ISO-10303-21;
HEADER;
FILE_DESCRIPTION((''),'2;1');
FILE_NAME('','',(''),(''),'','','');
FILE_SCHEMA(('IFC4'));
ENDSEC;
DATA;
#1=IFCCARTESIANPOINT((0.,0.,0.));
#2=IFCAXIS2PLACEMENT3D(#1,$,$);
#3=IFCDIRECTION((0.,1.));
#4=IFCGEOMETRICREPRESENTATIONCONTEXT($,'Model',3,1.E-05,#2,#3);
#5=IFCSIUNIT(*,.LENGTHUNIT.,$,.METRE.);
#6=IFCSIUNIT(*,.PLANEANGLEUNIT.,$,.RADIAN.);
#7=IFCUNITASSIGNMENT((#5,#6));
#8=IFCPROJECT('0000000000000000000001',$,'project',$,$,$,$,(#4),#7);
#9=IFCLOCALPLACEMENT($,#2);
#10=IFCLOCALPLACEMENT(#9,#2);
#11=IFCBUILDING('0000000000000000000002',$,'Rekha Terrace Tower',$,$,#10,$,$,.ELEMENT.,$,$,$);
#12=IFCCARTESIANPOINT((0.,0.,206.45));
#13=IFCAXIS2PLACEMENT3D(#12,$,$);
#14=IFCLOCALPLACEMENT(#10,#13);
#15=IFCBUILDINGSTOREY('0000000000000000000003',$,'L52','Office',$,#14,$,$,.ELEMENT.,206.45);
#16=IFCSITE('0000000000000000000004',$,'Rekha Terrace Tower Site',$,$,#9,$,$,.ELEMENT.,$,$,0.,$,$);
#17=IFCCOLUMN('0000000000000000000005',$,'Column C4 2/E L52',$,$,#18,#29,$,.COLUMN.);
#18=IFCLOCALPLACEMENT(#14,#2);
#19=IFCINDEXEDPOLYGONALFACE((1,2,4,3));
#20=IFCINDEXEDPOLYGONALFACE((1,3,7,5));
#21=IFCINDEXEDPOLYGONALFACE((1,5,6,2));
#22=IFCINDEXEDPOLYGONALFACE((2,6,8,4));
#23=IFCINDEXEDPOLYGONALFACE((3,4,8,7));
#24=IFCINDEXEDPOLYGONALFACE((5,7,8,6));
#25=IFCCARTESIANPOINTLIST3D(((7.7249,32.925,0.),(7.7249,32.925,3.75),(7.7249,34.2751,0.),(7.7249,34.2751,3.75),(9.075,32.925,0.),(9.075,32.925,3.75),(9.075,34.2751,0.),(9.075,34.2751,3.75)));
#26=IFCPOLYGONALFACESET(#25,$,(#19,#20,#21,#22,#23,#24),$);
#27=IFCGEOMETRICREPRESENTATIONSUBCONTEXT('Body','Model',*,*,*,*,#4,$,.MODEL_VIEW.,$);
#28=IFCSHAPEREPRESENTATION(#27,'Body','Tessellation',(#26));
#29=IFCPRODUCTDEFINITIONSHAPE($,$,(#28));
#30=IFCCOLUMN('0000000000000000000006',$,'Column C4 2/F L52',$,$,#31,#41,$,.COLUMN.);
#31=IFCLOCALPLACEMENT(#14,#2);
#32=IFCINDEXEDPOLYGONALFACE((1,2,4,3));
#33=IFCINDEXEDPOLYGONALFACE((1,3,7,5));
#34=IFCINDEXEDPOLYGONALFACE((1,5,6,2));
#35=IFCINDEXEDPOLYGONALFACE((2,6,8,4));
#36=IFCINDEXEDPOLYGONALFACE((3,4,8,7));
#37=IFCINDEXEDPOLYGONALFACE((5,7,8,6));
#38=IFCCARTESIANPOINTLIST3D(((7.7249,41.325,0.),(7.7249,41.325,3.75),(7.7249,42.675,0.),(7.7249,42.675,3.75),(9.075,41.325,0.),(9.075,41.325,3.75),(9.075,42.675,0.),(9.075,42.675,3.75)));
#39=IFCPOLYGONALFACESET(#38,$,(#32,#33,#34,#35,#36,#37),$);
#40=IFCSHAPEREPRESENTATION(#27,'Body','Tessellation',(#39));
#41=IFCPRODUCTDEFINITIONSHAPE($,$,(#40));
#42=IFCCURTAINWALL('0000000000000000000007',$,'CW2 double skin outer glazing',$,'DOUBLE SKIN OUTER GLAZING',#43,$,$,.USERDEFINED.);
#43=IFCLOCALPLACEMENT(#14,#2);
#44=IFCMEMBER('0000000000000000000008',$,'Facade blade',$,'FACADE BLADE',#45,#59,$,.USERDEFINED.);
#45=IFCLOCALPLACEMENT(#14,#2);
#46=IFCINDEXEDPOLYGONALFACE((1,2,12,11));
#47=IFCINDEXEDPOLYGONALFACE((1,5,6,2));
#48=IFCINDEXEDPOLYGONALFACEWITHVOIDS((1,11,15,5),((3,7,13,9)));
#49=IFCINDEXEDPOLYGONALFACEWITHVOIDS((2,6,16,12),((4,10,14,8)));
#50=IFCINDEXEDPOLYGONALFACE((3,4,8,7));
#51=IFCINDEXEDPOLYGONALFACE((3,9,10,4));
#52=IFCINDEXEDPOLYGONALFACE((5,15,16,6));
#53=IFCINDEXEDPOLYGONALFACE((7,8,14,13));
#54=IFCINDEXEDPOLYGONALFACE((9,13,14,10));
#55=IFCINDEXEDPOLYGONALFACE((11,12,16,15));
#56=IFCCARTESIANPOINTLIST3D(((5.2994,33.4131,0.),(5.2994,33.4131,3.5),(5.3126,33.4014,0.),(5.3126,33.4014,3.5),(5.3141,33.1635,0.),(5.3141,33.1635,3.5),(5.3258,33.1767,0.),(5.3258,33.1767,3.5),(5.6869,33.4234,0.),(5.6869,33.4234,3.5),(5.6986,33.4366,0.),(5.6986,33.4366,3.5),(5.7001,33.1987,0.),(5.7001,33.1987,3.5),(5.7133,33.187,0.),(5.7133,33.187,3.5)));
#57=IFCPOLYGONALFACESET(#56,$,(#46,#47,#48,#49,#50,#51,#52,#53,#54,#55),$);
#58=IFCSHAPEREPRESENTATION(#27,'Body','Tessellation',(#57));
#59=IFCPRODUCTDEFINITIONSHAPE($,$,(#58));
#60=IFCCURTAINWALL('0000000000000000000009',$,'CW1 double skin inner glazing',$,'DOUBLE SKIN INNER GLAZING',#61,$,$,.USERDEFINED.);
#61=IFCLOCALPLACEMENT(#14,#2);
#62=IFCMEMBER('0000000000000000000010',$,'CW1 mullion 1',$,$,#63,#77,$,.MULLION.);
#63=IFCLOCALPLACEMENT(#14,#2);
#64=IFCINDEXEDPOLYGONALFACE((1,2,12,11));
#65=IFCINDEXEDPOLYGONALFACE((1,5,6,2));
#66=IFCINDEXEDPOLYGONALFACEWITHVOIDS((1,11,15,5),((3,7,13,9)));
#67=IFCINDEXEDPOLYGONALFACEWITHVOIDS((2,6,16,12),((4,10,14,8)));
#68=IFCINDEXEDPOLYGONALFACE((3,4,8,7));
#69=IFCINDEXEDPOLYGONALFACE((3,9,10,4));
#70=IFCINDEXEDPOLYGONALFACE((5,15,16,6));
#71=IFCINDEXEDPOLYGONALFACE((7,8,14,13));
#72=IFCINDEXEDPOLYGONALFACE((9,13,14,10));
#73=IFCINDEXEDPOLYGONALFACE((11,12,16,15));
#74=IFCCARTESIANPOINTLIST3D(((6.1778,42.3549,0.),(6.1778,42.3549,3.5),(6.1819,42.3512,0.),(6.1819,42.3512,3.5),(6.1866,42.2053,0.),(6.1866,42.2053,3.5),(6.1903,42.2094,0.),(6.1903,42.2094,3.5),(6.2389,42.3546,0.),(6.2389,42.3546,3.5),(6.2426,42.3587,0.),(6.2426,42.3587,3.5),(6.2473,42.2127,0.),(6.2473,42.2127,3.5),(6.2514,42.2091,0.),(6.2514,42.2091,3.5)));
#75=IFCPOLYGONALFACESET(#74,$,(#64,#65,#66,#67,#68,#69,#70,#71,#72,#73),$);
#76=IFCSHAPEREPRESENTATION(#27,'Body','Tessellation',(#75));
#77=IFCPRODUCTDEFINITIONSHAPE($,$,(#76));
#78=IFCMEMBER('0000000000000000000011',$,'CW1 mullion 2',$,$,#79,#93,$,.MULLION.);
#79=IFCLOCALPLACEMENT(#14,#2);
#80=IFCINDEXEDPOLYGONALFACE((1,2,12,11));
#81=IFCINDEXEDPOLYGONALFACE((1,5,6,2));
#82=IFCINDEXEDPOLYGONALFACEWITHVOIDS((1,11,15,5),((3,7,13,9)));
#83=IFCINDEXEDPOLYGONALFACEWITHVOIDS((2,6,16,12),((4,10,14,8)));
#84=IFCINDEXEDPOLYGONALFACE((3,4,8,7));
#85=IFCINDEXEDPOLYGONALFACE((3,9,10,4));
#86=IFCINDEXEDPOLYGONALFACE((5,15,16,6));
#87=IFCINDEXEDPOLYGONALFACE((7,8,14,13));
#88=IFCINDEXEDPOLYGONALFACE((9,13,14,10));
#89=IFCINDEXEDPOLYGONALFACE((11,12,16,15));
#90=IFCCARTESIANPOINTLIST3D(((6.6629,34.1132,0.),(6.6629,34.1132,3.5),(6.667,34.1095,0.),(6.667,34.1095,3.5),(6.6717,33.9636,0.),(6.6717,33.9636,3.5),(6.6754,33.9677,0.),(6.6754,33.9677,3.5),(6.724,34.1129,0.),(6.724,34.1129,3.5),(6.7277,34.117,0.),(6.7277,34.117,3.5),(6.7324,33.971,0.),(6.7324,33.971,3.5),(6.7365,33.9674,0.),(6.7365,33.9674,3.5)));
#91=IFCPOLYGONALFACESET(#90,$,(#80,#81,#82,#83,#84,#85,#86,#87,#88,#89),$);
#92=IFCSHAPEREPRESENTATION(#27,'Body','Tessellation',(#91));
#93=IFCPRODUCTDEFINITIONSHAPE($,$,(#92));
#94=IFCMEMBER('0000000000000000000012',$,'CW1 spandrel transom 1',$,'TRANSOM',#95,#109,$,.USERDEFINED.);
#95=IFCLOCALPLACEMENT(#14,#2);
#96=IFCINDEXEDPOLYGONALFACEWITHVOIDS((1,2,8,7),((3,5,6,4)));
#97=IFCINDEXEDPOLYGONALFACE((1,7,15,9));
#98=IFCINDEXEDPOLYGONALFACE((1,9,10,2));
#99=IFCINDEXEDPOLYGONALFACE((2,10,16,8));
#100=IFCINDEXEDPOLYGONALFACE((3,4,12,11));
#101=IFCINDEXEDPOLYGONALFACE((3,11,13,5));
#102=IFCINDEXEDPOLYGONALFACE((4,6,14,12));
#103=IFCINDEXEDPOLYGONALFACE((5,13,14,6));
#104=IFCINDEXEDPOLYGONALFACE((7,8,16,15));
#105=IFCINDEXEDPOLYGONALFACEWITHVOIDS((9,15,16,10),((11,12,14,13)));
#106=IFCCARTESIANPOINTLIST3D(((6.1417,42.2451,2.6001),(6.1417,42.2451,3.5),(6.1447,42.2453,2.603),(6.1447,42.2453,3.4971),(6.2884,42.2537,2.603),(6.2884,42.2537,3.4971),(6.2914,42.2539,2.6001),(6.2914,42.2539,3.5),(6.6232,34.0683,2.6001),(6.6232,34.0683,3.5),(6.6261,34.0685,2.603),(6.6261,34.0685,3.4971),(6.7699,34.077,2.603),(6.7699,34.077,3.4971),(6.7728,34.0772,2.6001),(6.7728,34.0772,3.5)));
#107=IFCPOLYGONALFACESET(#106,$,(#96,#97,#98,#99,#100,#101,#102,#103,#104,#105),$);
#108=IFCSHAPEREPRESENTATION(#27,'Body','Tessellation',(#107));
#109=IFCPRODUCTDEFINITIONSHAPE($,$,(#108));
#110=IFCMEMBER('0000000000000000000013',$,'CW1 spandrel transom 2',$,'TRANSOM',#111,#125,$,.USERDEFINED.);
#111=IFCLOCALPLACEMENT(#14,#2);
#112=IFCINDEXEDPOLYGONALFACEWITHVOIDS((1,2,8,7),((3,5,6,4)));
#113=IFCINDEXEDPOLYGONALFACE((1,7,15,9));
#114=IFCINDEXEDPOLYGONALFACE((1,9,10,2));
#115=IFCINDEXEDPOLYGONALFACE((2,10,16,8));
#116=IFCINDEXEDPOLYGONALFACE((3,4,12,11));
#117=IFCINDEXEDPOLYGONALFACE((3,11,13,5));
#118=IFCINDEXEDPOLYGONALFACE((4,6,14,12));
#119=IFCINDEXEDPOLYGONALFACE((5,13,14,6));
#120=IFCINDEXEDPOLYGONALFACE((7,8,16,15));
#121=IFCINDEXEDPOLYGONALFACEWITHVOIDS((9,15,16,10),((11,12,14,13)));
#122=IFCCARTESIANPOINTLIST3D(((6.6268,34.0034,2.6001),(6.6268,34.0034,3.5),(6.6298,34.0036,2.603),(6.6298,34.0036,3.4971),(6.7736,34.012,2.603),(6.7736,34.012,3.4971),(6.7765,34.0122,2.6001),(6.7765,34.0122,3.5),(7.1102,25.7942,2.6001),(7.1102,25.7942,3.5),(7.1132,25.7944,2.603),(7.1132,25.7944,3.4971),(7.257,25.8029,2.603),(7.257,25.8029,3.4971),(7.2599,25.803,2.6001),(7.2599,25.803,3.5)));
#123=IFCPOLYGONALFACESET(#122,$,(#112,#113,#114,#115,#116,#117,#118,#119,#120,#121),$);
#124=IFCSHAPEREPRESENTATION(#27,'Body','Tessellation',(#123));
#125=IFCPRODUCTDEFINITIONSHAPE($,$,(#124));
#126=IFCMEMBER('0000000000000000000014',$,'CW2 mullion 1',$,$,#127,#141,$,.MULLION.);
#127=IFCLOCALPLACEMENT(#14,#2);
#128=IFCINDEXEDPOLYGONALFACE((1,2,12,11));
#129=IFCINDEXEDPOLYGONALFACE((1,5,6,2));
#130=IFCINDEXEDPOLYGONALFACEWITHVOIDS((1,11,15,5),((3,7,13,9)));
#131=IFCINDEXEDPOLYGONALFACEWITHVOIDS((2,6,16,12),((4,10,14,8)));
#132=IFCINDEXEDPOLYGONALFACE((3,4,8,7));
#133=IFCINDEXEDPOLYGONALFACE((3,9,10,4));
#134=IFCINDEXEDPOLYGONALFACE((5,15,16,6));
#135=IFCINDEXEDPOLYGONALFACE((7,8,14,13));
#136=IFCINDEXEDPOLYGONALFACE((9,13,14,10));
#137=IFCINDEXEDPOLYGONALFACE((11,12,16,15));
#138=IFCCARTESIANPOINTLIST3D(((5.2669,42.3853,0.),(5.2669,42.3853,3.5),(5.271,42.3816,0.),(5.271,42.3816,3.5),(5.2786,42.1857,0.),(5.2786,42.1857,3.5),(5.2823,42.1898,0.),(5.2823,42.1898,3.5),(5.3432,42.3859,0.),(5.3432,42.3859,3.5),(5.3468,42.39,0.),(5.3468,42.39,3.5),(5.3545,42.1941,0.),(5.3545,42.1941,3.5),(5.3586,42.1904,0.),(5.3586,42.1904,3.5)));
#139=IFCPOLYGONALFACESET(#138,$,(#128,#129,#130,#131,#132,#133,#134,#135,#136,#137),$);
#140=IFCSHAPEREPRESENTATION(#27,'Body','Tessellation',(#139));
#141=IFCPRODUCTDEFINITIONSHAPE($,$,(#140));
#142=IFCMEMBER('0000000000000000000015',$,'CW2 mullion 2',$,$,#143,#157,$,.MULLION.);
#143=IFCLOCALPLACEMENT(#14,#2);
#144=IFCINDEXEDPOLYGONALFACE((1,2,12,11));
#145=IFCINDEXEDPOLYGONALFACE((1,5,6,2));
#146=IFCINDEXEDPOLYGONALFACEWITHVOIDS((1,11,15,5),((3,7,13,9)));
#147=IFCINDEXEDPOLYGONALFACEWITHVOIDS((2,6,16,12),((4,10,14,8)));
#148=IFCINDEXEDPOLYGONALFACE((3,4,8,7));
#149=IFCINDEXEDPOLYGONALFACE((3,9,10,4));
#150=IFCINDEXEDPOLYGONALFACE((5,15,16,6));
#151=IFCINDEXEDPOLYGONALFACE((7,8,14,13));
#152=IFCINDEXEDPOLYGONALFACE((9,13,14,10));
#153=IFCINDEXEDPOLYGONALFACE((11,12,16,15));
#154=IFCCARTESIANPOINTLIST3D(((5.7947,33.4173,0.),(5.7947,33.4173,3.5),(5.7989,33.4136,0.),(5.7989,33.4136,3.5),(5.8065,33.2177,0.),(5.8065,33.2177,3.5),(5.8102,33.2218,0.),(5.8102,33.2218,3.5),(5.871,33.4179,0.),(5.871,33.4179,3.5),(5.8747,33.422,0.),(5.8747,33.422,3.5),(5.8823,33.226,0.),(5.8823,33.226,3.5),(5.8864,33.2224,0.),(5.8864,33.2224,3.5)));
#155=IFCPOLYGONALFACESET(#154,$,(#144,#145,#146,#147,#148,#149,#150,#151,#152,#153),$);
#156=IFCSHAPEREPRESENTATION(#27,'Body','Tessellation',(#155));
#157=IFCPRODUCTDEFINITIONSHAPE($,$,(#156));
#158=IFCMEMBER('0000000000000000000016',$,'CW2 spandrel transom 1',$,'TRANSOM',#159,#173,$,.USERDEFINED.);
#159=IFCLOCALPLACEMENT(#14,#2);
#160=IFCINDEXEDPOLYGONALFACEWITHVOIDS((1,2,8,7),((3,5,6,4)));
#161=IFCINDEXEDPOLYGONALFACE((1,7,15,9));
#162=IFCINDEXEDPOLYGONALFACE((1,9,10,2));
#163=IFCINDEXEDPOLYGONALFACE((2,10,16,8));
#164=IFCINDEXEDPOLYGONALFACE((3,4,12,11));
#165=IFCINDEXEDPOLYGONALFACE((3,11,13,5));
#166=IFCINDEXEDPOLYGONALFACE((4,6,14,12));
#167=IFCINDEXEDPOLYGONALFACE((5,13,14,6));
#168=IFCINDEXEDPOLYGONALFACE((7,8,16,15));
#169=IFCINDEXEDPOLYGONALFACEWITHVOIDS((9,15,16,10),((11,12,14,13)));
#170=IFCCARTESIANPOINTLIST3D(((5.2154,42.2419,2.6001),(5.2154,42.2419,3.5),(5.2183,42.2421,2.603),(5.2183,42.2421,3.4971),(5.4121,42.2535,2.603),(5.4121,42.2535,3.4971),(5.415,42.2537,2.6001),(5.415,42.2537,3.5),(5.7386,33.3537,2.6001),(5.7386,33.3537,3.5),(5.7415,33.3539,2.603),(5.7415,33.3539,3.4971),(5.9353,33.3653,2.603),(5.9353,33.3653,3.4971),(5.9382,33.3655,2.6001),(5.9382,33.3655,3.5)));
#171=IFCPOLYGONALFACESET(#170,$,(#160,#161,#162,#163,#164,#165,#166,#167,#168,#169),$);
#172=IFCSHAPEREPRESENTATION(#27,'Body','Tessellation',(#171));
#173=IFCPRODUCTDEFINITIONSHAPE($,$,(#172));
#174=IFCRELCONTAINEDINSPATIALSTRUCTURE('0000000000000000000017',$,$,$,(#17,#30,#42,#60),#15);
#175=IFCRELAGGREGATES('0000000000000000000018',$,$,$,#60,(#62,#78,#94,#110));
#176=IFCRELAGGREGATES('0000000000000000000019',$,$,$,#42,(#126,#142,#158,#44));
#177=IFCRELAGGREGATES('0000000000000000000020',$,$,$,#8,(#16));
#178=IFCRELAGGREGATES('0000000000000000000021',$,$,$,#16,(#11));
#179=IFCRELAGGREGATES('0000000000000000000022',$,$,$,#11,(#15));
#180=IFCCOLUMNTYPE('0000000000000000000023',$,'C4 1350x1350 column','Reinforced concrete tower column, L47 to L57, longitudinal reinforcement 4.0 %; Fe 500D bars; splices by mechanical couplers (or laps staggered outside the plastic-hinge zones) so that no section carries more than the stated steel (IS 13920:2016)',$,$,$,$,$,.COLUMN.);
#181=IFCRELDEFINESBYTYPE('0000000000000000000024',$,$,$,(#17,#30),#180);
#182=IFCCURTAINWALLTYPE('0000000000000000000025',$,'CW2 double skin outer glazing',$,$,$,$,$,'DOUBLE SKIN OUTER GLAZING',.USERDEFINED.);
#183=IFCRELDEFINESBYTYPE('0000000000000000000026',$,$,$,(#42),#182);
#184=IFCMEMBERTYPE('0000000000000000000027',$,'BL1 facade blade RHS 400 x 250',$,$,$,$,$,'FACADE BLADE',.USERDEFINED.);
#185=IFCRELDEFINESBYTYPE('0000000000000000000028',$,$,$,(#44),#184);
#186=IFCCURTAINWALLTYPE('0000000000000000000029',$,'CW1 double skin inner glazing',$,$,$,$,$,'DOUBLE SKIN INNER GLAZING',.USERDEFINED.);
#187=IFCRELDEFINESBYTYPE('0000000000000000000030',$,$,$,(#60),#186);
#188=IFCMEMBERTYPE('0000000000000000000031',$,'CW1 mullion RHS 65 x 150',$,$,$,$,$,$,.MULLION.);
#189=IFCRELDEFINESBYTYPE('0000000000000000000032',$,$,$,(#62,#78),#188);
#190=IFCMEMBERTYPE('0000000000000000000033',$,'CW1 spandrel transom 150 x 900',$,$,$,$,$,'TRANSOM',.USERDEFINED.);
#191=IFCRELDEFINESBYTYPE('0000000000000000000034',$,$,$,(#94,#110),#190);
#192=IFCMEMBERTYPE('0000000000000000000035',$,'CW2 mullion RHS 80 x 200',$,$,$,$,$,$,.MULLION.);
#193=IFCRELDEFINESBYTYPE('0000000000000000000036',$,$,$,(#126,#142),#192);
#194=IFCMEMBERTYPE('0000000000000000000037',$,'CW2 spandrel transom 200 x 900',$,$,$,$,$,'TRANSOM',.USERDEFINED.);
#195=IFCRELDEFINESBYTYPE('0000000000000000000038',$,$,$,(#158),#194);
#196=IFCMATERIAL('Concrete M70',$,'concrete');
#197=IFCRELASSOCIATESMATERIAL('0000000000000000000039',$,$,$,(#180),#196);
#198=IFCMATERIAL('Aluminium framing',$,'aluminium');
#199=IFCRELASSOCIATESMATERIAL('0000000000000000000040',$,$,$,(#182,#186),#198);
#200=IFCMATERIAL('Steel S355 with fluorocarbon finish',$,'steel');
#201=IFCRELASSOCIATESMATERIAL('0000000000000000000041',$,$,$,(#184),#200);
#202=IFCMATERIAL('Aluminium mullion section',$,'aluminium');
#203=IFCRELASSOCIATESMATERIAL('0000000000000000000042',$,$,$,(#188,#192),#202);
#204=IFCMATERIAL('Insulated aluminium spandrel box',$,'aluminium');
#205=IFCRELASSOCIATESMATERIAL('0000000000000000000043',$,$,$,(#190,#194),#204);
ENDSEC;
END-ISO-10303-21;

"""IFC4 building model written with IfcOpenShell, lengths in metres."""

from ifc_helpers import new_model, si_unit, direction, frame, origin, origin_2d, place, context, subcontext, project, spatial, rectangle, hollow_rectangle, extrude, material, material_profile, profile_set, type_object, element, aggregate, save


model = new_model("IFC4")

# Units and contexts
model_context = context("Model", 3, precision=1e-05, world=origin(), true_north=direction((0.0, 1.0)))
body_context = subcontext(model_context, "Body", "Model", "MODEL_VIEW")
ifc_project = project(units=[si_unit("LENGTHUNIT", "METRE"), si_unit("PLANEANGLEUNIT", "RADIAN")], contexts=[model_context])

# Site, building, storey
site_placement = place(None, origin())
site = spatial("IfcSite", under=ifc_project, at=site_placement, Name="Rekha Terrace Tower Site", CompositionType="ELEMENT", RefElevation=0.0)
building_placement = place(site_placement, origin())
building = spatial("IfcBuilding", under=site, at=building_placement, Name="Rekha Terrace Tower", CompositionType="ELEMENT")
storey_placement = place(building_placement, frame((0.0, 0.0, 206.45)))
storey = spatial("IfcBuildingStorey", under=building, at=storey_placement, Name="L52", Description="Office", CompositionType="ELEMENT", Elevation=206.45)

# Columns
ifc_material_1 = material(Name="Concrete M70", Category="concrete")
ifc_material_profile_1 = material_profile(ifc_material_1, rectangle(XDim=1.3501, YDim=1.3501, at=origin_2d()), Name="RC 1350x1350")
ifc_profile_set_1 = profile_set([ifc_material_profile_1], Name="Concrete M70")
column_type = type_object("IfcColumnType", Name="C4 1350x1350 column", Description="Reinforced concrete tower column, L47 to L57, longitudinal reinforcement 4.0 %; Fe 500D bars; splices by mechanical couplers (or laps staggered outside the plastic-hinge zones) so that no section carries more than the stated steel (IS 13920:2016)", PredefinedType="COLUMN", material=ifc_profile_set_1)
for number, where, z_axis, x_axis, name in (
    (1, (8.3999, 33.6001, 0.0), (0.0, 0.0, 1.0), (1.0, 0.0, 0.0), "Column C4 2/E L52"),
    (2, (8.3999, 42.0, 0.0), (0.0, 0.0, 1.0), (1.0, 0.0, 0.0), "Column C4 2/F L52"),
):
    element("IfcColumn", number, at=place(storey_placement, frame(where, z_axis=z_axis, x_axis=x_axis)), inside=storey, type_object=column_type, Name=name, PredefinedType="COLUMN", context=body_context, shape_type="SweptSolid", body=[
        extrude(rectangle(XDim=1.3501, YDim=1.3501, at=origin_2d()), origin(), (0.0, 0.0, 1.0), 3.75),
    ])

# Curtain wall, member
ifc_material_2 = material(Name="Aluminium framing", Category="aluminium")
curtain_wall_type_1 = type_object("IfcCurtainWallType", Name="CW2 double skin outer glazing", ElementType="DOUBLE SKIN OUTER GLAZING", PredefinedType="USERDEFINED", material=ifc_material_2)
curtain_wall_1_placement = place(storey_placement, origin())
curtain_wall_1 = element("IfcCurtainWall", 3, at=curtain_wall_1_placement, inside=storey, type_object=curtain_wall_type_1, Name="CW2 double skin outer glazing", ObjectType="DOUBLE SKIN OUTER GLAZING", PredefinedType="USERDEFINED")
ifc_material_3 = material(Name="Steel S355 with fluorocarbon finish", Category="steel")
ifc_material_profile_2 = material_profile(ifc_material_3, hollow_rectangle(XDim=0.25, YDim=0.3999, WallThickness=0.0125, at=origin_2d()), Name="RHS400x250x12.5")
ifc_profile_set_2 = profile_set([ifc_material_profile_2], Name="Steel S355 with fluorocarbon finish")
member_type_1 = type_object("IfcMemberType", Name="BL1 facade blade RHS 400 x 250", ElementType="FACADE BLADE", PredefinedType="USERDEFINED", material=ifc_profile_set_2)
member_1_placement = place(storey_placement, frame((5.5063, 33.3, 0.0), z_axis=(0.0, 0.0, 1.0), x_axis=(0.058765, -0.998272, 0.0)))
member_1 = element("IfcMember", 4, at=member_1_placement, type_object=member_type_1, Name="Facade blade", ObjectType="FACADE BLADE", PredefinedType="USERDEFINED", context=body_context, shape_type="SweptSolid", body=[
    extrude(hollow_rectangle(XDim=0.25, YDim=0.3999, WallThickness=0.0125, at=origin_2d()), origin(), (0.0, 0.0, 1.0), 3.5),
])

# Curtain wall, members
curtain_wall_type_2 = type_object("IfcCurtainWallType", Name="CW1 double skin inner glazing", ElementType="DOUBLE SKIN INNER GLAZING", PredefinedType="USERDEFINED", material=ifc_material_2)
curtain_wall_2_placement = place(storey_placement, origin())
curtain_wall_2 = element("IfcCurtainWall", 5, at=curtain_wall_2_placement, inside=storey, type_object=curtain_wall_type_2, Name="CW1 double skin inner glazing", ObjectType="DOUBLE SKIN INNER GLAZING", PredefinedType="USERDEFINED")
ifc_material_4 = material(Name="Aluminium mullion section", Category="aluminium")
ifc_material_profile_3 = material_profile(ifc_material_4, hollow_rectangle(XDim=0.0649, YDim=0.1499, WallThickness=0.0039, at=origin_2d()), Name="AL RHS 65x150")
ifc_profile_set_3 = profile_set([ifc_material_profile_3], Name="Aluminium mullion section")
member_type_2 = type_object("IfcMemberType", Name="CW1 mullion RHS 65 x 150", PredefinedType="MULLION", material=ifc_profile_set_3)
member_2_placement = place(storey_placement, frame((6.2146, 42.282, 0.0), z_axis=(0.0, 0.0, 1.0), x_axis=(0.998272, 0.058765, 0.0)))
member_2 = element("IfcMember", 6, at=member_2_placement, type_object=member_type_2, Name="CW1 mullion 1", PredefinedType="MULLION", context=body_context, shape_type="SweptSolid", body=[
    extrude(hollow_rectangle(XDim=0.0649, YDim=0.1499, WallThickness=0.0039, at=origin_2d()), origin(), (0.0, 0.0, 1.0), 3.5),
])
member_3_placement = place(storey_placement, frame((6.6997, 34.0403, 0.0), z_axis=(0.0, 0.0, 1.0), x_axis=(0.998272, 0.058765, 0.0)))
member_3 = element("IfcMember", 7, at=member_3_placement, type_object=member_type_2, Name="CW1 mullion 2", PredefinedType="MULLION", context=body_context, shape_type="SweptSolid", body=[
    extrude(hollow_rectangle(XDim=0.0649, YDim=0.1499, WallThickness=0.0039, at=origin_2d()), origin(), (0.0, 0.0, 1.0), 3.5),
])
ifc_material_5 = material(Name="Insulated aluminium spandrel box", Category="aluminium")
ifc_material_profile_4 = material_profile(ifc_material_5, hollow_rectangle(XDim=0.1499, YDim=0.8999, WallThickness=0.0029, at=origin_2d()), Name="AL SPANDREL BOX 150x900")
ifc_profile_set_4 = profile_set([ifc_material_profile_4], Name="Insulated aluminium spandrel box")
member_type_3 = type_object("IfcMemberType", Name="CW1 spandrel transom 150 x 900", ElementType="TRANSOM", PredefinedType="USERDEFINED", material=ifc_profile_set_4)
member_4_placement = place(storey_placement, frame((6.2166, 42.2495, 3.05), z_axis=(0.058778, -0.998271, 0.0), x_axis=(0.998271, 0.058778, 0.0)))
member_4 = element("IfcMember", 8, at=member_4_placement, type_object=member_type_3, Name="CW1 spandrel transom 1", ObjectType="TRANSOM", PredefinedType="USERDEFINED", context=body_context, shape_type="SweptSolid", body=[
    extrude(hollow_rectangle(XDim=0.1499, YDim=0.8999, WallThickness=0.0029, at=origin_2d()), origin(), (0.0, 0.0, 1.0), 8.1909),
])
member_5_placement = place(storey_placement, frame((6.7017, 34.0078, 3.05), z_axis=(0.058783, -0.998271, 0.0), x_axis=(0.998271, 0.058783, 0.0)))
member_5 = element("IfcMember", 9, at=member_5_placement, type_object=member_type_3, Name="CW1 spandrel transom 2", ObjectType="TRANSOM", PredefinedType="USERDEFINED", context=body_context, shape_type="SweptSolid", body=[
    extrude(hollow_rectangle(XDim=0.1499, YDim=0.8999, WallThickness=0.0029, at=origin_2d()), origin(), (0.0, 0.0, 1.0), 8.2234),
])

# Members
ifc_material_profile_5 = material_profile(ifc_material_4, hollow_rectangle(XDim=0.0801, YDim=0.2, WallThickness=0.0039, at=origin_2d()), Name="AL RHS 80x200")
ifc_profile_set_5 = profile_set([ifc_material_profile_5], Name="Aluminium mullion section")
member_type_4 = type_object("IfcMemberType", Name="CW2 mullion RHS 80 x 200", PredefinedType="MULLION", material=ifc_profile_set_5)
member_6_placement = place(storey_placement, frame((5.3127, 42.2878, 0.0), z_axis=(0.0, 0.0, 1.0), x_axis=(0.998272, 0.058765, 0.0)))
member_6 = element("IfcMember", 10, at=member_6_placement, type_object=member_type_4, Name="CW2 mullion 1", PredefinedType="MULLION", context=body_context, shape_type="SweptSolid", body=[
    extrude(hollow_rectangle(XDim=0.0801, YDim=0.2, WallThickness=0.0039, at=origin_2d()), origin(), (0.0, 0.0, 1.0), 3.5),
])
member_7_placement = place(storey_placement, frame((5.8406, 33.3198, 0.0), z_axis=(0.0, 0.0, 1.0), x_axis=(0.998272, 0.058765, 0.0)))
member_7 = element("IfcMember", 11, at=member_7_placement, type_object=member_type_4, Name="CW2 mullion 2", PredefinedType="MULLION", context=body_context, shape_type="SweptSolid", body=[
    extrude(hollow_rectangle(XDim=0.0801, YDim=0.2, WallThickness=0.0039, at=origin_2d()), origin(), (0.0, 0.0, 1.0), 3.5),
])
ifc_material_profile_6 = material_profile(ifc_material_5, hollow_rectangle(XDim=0.2, YDim=0.8999, WallThickness=0.0029, at=origin_2d()), Name="AL SPANDREL BOX 200x900")
ifc_profile_set_6 = profile_set([ifc_material_profile_6], Name="Insulated aluminium spandrel box")
member_type_5 = type_object("IfcMemberType", Name="CW2 spandrel transom 200 x 900", ElementType="TRANSOM", PredefinedType="USERDEFINED", material=ifc_profile_set_6)
member_8_placement = place(storey_placement, frame((5.3152, 42.2478, 3.05), z_axis=(0.058762, -0.998272, 0.0), x_axis=(0.998272, 0.058762, 0.0)))
member_8 = element("IfcMember", 12, at=member_8_placement, type_object=member_type_5, Name="CW2 spandrel transom 1", ObjectType="TRANSOM", PredefinedType="USERDEFINED", context=body_context, shape_type="SweptSolid", body=[
    extrude(hollow_rectangle(XDim=0.2, YDim=0.8999, WallThickness=0.0029, at=origin_2d()), origin(), (0.0, 0.0, 1.0), 8.9036),
])

aggregate(curtain_wall_2, [member_2, member_3, member_4, member_5])
aggregate(curtain_wall_1, [member_6, member_7, member_8, member_1])

save(model, "model.ifc")
